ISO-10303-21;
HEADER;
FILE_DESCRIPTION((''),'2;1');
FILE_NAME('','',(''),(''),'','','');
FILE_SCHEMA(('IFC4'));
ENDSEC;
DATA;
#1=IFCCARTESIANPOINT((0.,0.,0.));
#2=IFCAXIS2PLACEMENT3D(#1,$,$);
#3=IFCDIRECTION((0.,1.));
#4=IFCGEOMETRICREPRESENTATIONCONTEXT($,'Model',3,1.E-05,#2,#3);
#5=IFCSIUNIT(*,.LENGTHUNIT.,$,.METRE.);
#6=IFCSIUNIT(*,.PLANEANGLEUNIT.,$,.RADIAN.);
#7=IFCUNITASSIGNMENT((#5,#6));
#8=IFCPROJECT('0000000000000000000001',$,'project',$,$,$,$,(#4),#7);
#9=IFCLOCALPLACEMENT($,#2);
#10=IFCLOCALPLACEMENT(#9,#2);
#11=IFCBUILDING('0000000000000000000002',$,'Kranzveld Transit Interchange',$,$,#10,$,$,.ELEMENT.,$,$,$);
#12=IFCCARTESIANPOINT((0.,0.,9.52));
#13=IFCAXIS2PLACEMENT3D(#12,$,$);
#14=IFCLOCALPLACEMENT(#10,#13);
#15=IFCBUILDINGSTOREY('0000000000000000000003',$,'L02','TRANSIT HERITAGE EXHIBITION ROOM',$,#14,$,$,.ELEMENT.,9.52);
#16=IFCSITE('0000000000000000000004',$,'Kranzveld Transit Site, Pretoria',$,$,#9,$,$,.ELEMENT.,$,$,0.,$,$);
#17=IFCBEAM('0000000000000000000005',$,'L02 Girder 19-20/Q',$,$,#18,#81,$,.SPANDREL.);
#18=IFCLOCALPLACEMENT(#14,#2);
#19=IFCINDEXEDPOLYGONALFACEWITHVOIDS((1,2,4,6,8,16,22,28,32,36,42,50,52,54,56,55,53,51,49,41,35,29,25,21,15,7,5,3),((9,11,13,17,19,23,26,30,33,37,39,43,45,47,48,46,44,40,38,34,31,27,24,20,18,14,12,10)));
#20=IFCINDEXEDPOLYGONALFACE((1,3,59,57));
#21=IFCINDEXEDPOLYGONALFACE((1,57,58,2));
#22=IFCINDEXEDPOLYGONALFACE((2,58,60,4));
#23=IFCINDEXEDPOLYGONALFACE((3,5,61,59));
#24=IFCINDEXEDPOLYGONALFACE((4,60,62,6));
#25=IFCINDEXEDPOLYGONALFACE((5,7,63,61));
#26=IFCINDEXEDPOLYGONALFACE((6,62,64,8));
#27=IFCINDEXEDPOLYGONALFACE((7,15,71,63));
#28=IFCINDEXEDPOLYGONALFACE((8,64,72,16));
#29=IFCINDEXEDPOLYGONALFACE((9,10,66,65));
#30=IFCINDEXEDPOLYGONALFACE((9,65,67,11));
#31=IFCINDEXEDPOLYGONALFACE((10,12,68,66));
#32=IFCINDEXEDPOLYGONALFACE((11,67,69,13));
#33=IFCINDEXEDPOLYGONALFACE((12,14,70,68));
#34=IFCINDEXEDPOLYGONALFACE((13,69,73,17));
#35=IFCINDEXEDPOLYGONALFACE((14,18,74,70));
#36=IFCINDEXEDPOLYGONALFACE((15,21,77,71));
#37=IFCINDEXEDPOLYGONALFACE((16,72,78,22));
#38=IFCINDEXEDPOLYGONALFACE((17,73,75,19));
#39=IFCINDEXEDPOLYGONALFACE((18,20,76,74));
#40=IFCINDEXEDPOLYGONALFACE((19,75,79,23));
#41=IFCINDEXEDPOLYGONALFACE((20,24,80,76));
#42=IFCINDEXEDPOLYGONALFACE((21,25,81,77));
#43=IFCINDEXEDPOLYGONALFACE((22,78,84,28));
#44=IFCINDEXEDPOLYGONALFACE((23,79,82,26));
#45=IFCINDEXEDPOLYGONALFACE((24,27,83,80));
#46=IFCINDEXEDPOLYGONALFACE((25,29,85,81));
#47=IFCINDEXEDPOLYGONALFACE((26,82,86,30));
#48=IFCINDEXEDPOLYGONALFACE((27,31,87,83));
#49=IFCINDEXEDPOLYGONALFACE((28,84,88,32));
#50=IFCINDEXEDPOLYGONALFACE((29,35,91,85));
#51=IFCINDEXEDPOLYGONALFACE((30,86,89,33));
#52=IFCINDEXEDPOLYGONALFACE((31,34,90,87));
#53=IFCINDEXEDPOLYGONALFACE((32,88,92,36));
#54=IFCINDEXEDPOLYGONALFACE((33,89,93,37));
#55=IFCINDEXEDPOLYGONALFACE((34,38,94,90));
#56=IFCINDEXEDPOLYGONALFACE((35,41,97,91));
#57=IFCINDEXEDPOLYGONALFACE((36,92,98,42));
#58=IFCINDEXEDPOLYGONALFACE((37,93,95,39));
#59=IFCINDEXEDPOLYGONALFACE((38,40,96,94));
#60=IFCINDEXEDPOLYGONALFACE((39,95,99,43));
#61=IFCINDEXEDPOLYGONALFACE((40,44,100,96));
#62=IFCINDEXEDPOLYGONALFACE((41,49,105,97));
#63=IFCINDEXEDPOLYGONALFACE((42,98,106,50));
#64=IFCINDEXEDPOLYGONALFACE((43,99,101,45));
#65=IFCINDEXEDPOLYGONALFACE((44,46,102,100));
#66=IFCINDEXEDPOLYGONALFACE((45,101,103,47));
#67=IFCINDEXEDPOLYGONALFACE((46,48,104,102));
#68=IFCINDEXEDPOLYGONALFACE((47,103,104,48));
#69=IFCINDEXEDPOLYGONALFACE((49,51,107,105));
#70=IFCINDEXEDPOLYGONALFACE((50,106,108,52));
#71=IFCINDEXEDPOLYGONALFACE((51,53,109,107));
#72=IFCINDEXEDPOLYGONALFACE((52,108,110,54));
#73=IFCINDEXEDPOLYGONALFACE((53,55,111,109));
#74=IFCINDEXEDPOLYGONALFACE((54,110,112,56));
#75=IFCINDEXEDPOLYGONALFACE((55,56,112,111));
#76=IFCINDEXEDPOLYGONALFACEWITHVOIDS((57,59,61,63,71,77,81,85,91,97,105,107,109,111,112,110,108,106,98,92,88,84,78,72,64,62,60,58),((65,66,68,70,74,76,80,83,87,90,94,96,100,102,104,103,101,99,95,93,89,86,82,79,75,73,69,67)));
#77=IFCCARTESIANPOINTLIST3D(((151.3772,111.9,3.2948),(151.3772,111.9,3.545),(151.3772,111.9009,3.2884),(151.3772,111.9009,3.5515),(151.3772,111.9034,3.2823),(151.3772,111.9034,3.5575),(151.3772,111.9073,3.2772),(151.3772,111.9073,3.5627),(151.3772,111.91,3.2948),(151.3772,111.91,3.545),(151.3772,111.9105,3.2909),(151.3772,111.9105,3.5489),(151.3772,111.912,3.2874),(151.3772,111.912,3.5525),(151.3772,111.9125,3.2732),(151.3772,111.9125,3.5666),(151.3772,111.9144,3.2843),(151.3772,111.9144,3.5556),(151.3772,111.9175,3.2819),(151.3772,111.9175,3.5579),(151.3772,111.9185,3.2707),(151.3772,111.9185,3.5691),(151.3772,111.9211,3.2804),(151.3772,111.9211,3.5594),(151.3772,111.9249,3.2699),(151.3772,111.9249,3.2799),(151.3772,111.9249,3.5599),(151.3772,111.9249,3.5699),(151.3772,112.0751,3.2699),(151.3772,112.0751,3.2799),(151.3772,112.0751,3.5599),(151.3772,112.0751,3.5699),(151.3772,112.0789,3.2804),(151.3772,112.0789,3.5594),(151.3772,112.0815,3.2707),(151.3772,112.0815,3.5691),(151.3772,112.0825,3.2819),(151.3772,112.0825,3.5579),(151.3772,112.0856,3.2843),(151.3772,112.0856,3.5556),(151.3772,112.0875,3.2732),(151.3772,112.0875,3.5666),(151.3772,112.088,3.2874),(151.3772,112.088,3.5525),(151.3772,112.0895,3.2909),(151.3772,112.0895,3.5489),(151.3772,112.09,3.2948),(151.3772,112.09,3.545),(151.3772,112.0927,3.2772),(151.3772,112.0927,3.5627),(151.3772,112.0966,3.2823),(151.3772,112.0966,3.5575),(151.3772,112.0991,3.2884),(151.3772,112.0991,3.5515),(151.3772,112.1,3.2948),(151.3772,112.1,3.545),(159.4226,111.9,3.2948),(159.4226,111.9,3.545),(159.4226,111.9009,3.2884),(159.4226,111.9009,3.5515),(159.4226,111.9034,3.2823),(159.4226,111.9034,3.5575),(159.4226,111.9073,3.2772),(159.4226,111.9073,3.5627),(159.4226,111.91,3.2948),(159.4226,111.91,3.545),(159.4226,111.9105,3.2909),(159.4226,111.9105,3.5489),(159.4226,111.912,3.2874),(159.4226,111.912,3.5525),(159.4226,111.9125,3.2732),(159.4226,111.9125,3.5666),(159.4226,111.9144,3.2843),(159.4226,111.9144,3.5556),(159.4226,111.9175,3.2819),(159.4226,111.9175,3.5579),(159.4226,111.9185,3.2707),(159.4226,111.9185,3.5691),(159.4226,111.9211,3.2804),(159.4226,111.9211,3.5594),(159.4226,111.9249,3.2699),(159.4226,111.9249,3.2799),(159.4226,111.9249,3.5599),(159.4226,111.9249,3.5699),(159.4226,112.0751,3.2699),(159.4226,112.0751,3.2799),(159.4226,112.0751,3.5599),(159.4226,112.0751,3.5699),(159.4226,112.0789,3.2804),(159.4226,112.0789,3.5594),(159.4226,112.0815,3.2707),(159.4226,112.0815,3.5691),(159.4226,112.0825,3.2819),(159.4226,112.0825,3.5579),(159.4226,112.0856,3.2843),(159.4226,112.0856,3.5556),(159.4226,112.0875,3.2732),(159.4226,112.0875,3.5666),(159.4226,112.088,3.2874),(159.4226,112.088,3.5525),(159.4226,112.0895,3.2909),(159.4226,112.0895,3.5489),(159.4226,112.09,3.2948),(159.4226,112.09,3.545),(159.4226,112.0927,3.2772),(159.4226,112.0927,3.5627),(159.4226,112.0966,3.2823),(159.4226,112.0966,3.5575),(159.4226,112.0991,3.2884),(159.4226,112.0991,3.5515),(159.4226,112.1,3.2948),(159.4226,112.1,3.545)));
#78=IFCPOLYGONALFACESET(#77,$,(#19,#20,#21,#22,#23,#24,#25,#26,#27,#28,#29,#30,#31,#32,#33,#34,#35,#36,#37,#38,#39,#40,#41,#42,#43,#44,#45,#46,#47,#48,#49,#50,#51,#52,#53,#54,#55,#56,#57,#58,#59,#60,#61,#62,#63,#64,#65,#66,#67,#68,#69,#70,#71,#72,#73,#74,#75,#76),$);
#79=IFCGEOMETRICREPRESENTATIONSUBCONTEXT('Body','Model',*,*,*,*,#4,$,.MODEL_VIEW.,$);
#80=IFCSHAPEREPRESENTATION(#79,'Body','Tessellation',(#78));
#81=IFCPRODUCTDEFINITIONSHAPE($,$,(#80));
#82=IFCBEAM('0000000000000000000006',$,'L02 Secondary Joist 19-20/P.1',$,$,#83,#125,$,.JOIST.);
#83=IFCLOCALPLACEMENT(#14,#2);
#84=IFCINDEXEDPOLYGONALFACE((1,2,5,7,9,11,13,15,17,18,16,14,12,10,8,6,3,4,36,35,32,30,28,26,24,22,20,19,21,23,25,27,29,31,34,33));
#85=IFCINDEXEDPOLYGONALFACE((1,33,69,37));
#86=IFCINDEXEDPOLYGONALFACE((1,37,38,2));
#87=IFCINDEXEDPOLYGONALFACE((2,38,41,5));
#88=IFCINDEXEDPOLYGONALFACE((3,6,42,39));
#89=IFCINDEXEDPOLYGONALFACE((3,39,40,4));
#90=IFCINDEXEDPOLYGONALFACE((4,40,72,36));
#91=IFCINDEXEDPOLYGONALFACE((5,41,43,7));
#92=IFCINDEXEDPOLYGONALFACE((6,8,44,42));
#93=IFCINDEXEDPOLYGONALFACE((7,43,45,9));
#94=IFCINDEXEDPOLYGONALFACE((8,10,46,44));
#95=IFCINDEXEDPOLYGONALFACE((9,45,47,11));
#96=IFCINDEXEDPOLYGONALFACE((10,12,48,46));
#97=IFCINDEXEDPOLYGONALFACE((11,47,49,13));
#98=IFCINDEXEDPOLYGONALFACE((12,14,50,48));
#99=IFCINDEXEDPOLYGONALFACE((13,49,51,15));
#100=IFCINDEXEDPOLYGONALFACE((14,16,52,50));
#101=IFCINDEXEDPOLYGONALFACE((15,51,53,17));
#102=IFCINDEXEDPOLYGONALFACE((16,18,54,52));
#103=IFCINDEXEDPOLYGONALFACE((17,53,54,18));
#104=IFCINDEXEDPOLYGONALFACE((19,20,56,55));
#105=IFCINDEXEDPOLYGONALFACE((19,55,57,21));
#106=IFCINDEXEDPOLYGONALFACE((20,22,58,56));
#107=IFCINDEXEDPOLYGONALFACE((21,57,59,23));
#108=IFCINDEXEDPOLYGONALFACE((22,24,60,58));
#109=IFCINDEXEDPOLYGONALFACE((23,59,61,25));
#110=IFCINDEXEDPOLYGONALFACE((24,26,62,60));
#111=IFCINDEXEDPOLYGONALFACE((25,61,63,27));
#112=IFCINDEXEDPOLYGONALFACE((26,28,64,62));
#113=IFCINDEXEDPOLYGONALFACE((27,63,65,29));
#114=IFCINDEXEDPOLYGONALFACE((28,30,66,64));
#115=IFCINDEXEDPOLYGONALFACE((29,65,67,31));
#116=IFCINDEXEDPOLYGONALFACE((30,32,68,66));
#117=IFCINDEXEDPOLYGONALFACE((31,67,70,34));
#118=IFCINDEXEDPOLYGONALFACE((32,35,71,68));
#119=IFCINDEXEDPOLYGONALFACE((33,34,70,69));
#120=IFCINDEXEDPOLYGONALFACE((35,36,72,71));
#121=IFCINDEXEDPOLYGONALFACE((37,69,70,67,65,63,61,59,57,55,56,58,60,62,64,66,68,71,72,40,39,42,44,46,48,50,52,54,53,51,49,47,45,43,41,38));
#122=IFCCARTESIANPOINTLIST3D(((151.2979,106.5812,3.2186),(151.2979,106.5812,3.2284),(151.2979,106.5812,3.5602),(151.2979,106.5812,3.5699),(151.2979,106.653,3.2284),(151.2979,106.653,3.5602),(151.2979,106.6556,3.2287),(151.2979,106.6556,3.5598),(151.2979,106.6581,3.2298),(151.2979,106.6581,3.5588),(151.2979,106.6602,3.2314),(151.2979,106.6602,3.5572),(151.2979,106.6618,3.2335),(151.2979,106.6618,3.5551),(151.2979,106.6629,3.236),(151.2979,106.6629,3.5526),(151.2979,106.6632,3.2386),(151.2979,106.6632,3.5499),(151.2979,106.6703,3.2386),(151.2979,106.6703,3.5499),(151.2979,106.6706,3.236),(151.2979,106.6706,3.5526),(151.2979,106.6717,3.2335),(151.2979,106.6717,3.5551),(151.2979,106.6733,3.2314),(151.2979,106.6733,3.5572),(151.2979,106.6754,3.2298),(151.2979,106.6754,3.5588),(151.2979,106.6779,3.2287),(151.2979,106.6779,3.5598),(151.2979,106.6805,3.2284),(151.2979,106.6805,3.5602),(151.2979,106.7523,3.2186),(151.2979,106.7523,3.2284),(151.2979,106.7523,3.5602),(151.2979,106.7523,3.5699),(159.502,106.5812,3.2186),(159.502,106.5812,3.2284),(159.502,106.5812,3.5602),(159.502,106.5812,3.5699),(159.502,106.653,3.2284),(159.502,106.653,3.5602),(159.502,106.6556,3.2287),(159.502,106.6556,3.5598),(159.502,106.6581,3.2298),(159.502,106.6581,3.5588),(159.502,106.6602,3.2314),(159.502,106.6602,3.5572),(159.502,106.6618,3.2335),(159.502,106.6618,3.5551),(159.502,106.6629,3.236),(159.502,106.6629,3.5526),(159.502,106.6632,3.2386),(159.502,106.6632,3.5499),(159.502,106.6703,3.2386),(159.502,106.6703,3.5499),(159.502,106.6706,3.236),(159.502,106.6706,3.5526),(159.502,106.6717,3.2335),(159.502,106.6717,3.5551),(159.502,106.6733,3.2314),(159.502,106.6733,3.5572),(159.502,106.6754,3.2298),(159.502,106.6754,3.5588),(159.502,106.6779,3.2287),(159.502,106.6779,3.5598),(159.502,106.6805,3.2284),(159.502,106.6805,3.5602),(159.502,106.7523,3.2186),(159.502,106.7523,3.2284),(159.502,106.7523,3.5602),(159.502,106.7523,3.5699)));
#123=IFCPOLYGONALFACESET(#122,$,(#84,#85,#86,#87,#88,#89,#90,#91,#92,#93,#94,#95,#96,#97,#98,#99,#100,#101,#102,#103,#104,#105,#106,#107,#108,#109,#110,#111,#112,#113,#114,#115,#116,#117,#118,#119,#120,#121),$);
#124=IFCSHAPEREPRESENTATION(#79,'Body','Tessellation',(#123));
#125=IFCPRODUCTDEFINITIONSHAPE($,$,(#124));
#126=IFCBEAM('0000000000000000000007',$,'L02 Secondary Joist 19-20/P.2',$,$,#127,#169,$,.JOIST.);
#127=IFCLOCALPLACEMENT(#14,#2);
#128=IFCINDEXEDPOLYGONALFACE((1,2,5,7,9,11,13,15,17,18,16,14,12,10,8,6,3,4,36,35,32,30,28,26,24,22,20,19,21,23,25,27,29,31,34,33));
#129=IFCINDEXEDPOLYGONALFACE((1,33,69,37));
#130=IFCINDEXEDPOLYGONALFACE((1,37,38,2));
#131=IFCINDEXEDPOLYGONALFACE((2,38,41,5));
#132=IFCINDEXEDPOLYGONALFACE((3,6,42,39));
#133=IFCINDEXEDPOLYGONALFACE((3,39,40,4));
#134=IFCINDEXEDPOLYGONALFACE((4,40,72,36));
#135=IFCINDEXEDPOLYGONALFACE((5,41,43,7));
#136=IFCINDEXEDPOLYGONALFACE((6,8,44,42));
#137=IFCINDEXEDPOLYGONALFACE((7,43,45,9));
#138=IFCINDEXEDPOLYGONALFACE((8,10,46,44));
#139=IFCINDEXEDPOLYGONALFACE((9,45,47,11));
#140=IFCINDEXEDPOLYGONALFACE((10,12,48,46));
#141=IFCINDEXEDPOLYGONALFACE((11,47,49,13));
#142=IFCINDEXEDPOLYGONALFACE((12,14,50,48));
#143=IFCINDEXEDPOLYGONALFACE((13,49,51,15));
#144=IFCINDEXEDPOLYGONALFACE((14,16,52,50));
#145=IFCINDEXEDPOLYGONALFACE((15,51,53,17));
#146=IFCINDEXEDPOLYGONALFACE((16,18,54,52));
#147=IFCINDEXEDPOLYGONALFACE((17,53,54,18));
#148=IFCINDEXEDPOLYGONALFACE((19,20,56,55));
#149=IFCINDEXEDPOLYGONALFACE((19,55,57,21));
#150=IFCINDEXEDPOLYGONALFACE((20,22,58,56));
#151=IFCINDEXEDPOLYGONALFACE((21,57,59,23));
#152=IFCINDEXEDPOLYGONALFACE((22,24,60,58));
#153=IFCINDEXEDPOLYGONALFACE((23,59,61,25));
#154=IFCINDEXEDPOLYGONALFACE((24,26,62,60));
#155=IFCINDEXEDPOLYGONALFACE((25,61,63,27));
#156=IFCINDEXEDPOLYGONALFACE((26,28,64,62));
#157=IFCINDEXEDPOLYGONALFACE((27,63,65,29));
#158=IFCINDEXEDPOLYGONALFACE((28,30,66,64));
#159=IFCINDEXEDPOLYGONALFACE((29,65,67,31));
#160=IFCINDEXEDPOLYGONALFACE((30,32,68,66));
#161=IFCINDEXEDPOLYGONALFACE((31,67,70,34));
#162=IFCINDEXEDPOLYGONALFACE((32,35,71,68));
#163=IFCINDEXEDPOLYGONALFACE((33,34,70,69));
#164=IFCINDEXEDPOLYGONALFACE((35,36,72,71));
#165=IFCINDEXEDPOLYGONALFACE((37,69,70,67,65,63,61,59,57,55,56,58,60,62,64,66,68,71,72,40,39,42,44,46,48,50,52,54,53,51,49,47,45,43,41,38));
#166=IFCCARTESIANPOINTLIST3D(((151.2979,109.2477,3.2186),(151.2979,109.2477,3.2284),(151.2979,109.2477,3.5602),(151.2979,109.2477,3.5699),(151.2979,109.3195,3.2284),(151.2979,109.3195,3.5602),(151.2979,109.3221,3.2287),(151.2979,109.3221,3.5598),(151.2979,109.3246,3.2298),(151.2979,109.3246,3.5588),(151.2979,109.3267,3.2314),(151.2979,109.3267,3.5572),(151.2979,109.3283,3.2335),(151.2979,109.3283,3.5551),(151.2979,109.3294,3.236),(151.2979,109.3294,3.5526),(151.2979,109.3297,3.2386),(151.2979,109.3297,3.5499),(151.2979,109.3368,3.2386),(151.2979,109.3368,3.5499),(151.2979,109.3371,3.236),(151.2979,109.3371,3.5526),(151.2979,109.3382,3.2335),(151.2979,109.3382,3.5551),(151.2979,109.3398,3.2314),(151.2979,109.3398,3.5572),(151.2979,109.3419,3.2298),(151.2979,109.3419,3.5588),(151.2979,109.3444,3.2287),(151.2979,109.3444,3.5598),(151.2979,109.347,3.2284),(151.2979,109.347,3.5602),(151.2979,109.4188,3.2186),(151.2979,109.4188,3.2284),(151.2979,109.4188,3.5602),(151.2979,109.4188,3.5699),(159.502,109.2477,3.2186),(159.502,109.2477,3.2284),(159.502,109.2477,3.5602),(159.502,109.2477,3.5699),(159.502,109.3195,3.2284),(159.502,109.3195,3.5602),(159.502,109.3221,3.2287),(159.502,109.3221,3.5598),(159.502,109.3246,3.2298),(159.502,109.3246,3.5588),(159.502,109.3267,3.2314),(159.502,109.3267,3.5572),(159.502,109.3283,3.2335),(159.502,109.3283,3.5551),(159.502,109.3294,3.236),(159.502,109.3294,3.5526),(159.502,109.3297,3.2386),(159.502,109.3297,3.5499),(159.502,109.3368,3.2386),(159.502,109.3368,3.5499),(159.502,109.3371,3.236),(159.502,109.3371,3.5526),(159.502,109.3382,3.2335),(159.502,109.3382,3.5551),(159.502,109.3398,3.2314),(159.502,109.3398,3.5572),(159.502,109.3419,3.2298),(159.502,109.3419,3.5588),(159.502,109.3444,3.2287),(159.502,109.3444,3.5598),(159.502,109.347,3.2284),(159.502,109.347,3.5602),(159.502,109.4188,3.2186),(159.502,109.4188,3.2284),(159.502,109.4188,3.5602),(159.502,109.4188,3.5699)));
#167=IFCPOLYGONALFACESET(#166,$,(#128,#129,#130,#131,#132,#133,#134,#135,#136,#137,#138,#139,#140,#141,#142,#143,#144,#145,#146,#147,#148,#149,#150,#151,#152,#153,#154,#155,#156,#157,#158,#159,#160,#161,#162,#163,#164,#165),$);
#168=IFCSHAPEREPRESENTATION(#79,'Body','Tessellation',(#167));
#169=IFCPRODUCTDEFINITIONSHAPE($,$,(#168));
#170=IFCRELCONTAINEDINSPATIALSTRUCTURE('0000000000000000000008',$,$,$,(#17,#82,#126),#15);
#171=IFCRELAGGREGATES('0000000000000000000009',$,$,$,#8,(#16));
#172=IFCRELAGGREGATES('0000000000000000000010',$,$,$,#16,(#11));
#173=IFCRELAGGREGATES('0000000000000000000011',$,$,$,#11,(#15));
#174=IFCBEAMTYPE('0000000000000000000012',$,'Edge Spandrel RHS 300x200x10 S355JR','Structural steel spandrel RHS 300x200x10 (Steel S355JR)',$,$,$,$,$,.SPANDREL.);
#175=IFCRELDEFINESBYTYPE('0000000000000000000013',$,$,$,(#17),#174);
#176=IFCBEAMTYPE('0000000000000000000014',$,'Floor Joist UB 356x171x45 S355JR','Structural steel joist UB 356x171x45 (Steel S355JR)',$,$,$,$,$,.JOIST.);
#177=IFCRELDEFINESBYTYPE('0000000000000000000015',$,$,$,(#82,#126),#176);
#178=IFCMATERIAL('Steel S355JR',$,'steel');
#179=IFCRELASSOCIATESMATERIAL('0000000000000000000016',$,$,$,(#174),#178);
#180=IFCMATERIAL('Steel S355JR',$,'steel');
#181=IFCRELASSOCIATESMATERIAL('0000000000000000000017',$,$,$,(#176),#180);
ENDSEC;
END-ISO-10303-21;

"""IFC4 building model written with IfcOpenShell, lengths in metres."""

from ifc_helpers import new_model, si_unit, direction, frame, origin, origin_2d, place, context, subcontext, project, spatial, hollow_rectangle, i_section, extrude, material, material_profile, profile_set, type_object, element, save


model = new_model("IFC4")

# Units and contexts
model_context = context("Model", 3, precision=1e-05, world=origin(), true_north=direction((0.0, 1.0)))
body_context = subcontext(model_context, "Body", "Model", "MODEL_VIEW")
ifc_project = project(units=[si_unit("LENGTHUNIT", "METRE"), si_unit("PLANEANGLEUNIT", "RADIAN")], contexts=[model_context])

# Site, building, storey
site_placement = place(None, origin())
site = spatial("IfcSite", under=ifc_project, at=site_placement, Name="Kranzveld Transit Site, Pretoria", CompositionType="ELEMENT", RefElevation=0.0)
building_placement = place(site_placement, origin())
building = spatial("IfcBuilding", under=site, at=building_placement, Name="Kranzveld Transit Interchange", CompositionType="ELEMENT")
storey_placement = place(building_placement, frame((0.0, 0.0, 9.52)))
storey = spatial("IfcBuildingStorey", under=building, at=storey_placement, Name="L02", Description="TRANSIT HERITAGE EXHIBITION ROOM", CompositionType="ELEMENT", Elevation=9.52)

# Beams
ifc_material_1 = material(Name="Steel S355JR", Category="steel")
ifc_material_profile_1 = material_profile(ifc_material_1, hollow_rectangle(XDim=0.2, YDim=0.3, WallThickness=0.01, InnerFilletRadius=0.0149, OuterFilletRadius=0.0249, at=origin_2d()), Name="RHS 300x200x10")
ifc_profile_set_1 = profile_set([ifc_material_profile_1], Name="Steel S355JR")
beam_type_1 = type_object("IfcBeamType", Name="Edge Spandrel RHS 300x200x10 S355JR", Description="Structural steel spandrel RHS 300x200x10 (Steel S355JR)", PredefinedType="SPANDREL", material=ifc_profile_set_1)
beam_1_placement = place(storey_placement, frame((151.3772, 112.0, 3.4199), z_axis=(1.0, 0.0, 0.0), x_axis=(0.0, 1.0, 0.0)))
element("IfcBeam", 1, at=beam_1_placement, inside=storey, type_object=beam_type_1, Name="L02 Girder 19-20/Q", PredefinedType="SPANDREL", context=body_context, shape_type="SweptSolid", body=[
    extrude(hollow_rectangle(XDim=0.2, YDim=0.3, WallThickness=0.01, InnerFilletRadius=0.0149, OuterFilletRadius=0.0249, at=origin_2d()), origin(), (0.0, 0.0, 1.0), 8.0454),
])
ifc_material_2 = material(Name="Steel S355JR", Category="steel")
ifc_material_profile_2 = material_profile(ifc_material_2, i_section(OverallWidth=0.1711, OverallDepth=0.3513, WebThickness=0.0071, FlangeThickness=0.0098, FilletRadius=0.0103, at=origin_2d()), Name="UB 356x171x45")
ifc_profile_set_2 = profile_set([ifc_material_profile_2], Name="Steel S355JR")
beam_type_2 = type_object("IfcBeamType", Name="Floor Joist UB 356x171x45 S355JR", Description="Structural steel joist UB 356x171x45 (Steel S355JR)", PredefinedType="JOIST", material=ifc_profile_set_2)
for number, where, z_axis, x_axis, name in (
    (2, (151.2979, 106.6667, 3.3943), (1.0, 0.0, 0.0), (0.0, 1.0, 0.0), "L02 Secondary Joist 19-20/P.1"),
    (3, (151.2979, 109.3333, 3.3943), (1.0, 0.0, 0.0), (0.0, 1.0, 0.0), "L02 Secondary Joist 19-20/P.2"),
):
    element("IfcBeam", number, at=place(storey_placement, frame(where, z_axis=z_axis, x_axis=x_axis)), inside=storey, type_object=beam_type_2, Name=name, PredefinedType="JOIST", context=body_context, shape_type="SweptSolid", body=[
        extrude(i_section(OverallWidth=0.1711, OverallDepth=0.3513, WebThickness=0.0071, FlangeThickness=0.0098, FilletRadius=0.0103, at=origin_2d()), origin(), (0.0, 0.0, 1.0), 8.2041),
    ])

save(model, "model.ifc")
